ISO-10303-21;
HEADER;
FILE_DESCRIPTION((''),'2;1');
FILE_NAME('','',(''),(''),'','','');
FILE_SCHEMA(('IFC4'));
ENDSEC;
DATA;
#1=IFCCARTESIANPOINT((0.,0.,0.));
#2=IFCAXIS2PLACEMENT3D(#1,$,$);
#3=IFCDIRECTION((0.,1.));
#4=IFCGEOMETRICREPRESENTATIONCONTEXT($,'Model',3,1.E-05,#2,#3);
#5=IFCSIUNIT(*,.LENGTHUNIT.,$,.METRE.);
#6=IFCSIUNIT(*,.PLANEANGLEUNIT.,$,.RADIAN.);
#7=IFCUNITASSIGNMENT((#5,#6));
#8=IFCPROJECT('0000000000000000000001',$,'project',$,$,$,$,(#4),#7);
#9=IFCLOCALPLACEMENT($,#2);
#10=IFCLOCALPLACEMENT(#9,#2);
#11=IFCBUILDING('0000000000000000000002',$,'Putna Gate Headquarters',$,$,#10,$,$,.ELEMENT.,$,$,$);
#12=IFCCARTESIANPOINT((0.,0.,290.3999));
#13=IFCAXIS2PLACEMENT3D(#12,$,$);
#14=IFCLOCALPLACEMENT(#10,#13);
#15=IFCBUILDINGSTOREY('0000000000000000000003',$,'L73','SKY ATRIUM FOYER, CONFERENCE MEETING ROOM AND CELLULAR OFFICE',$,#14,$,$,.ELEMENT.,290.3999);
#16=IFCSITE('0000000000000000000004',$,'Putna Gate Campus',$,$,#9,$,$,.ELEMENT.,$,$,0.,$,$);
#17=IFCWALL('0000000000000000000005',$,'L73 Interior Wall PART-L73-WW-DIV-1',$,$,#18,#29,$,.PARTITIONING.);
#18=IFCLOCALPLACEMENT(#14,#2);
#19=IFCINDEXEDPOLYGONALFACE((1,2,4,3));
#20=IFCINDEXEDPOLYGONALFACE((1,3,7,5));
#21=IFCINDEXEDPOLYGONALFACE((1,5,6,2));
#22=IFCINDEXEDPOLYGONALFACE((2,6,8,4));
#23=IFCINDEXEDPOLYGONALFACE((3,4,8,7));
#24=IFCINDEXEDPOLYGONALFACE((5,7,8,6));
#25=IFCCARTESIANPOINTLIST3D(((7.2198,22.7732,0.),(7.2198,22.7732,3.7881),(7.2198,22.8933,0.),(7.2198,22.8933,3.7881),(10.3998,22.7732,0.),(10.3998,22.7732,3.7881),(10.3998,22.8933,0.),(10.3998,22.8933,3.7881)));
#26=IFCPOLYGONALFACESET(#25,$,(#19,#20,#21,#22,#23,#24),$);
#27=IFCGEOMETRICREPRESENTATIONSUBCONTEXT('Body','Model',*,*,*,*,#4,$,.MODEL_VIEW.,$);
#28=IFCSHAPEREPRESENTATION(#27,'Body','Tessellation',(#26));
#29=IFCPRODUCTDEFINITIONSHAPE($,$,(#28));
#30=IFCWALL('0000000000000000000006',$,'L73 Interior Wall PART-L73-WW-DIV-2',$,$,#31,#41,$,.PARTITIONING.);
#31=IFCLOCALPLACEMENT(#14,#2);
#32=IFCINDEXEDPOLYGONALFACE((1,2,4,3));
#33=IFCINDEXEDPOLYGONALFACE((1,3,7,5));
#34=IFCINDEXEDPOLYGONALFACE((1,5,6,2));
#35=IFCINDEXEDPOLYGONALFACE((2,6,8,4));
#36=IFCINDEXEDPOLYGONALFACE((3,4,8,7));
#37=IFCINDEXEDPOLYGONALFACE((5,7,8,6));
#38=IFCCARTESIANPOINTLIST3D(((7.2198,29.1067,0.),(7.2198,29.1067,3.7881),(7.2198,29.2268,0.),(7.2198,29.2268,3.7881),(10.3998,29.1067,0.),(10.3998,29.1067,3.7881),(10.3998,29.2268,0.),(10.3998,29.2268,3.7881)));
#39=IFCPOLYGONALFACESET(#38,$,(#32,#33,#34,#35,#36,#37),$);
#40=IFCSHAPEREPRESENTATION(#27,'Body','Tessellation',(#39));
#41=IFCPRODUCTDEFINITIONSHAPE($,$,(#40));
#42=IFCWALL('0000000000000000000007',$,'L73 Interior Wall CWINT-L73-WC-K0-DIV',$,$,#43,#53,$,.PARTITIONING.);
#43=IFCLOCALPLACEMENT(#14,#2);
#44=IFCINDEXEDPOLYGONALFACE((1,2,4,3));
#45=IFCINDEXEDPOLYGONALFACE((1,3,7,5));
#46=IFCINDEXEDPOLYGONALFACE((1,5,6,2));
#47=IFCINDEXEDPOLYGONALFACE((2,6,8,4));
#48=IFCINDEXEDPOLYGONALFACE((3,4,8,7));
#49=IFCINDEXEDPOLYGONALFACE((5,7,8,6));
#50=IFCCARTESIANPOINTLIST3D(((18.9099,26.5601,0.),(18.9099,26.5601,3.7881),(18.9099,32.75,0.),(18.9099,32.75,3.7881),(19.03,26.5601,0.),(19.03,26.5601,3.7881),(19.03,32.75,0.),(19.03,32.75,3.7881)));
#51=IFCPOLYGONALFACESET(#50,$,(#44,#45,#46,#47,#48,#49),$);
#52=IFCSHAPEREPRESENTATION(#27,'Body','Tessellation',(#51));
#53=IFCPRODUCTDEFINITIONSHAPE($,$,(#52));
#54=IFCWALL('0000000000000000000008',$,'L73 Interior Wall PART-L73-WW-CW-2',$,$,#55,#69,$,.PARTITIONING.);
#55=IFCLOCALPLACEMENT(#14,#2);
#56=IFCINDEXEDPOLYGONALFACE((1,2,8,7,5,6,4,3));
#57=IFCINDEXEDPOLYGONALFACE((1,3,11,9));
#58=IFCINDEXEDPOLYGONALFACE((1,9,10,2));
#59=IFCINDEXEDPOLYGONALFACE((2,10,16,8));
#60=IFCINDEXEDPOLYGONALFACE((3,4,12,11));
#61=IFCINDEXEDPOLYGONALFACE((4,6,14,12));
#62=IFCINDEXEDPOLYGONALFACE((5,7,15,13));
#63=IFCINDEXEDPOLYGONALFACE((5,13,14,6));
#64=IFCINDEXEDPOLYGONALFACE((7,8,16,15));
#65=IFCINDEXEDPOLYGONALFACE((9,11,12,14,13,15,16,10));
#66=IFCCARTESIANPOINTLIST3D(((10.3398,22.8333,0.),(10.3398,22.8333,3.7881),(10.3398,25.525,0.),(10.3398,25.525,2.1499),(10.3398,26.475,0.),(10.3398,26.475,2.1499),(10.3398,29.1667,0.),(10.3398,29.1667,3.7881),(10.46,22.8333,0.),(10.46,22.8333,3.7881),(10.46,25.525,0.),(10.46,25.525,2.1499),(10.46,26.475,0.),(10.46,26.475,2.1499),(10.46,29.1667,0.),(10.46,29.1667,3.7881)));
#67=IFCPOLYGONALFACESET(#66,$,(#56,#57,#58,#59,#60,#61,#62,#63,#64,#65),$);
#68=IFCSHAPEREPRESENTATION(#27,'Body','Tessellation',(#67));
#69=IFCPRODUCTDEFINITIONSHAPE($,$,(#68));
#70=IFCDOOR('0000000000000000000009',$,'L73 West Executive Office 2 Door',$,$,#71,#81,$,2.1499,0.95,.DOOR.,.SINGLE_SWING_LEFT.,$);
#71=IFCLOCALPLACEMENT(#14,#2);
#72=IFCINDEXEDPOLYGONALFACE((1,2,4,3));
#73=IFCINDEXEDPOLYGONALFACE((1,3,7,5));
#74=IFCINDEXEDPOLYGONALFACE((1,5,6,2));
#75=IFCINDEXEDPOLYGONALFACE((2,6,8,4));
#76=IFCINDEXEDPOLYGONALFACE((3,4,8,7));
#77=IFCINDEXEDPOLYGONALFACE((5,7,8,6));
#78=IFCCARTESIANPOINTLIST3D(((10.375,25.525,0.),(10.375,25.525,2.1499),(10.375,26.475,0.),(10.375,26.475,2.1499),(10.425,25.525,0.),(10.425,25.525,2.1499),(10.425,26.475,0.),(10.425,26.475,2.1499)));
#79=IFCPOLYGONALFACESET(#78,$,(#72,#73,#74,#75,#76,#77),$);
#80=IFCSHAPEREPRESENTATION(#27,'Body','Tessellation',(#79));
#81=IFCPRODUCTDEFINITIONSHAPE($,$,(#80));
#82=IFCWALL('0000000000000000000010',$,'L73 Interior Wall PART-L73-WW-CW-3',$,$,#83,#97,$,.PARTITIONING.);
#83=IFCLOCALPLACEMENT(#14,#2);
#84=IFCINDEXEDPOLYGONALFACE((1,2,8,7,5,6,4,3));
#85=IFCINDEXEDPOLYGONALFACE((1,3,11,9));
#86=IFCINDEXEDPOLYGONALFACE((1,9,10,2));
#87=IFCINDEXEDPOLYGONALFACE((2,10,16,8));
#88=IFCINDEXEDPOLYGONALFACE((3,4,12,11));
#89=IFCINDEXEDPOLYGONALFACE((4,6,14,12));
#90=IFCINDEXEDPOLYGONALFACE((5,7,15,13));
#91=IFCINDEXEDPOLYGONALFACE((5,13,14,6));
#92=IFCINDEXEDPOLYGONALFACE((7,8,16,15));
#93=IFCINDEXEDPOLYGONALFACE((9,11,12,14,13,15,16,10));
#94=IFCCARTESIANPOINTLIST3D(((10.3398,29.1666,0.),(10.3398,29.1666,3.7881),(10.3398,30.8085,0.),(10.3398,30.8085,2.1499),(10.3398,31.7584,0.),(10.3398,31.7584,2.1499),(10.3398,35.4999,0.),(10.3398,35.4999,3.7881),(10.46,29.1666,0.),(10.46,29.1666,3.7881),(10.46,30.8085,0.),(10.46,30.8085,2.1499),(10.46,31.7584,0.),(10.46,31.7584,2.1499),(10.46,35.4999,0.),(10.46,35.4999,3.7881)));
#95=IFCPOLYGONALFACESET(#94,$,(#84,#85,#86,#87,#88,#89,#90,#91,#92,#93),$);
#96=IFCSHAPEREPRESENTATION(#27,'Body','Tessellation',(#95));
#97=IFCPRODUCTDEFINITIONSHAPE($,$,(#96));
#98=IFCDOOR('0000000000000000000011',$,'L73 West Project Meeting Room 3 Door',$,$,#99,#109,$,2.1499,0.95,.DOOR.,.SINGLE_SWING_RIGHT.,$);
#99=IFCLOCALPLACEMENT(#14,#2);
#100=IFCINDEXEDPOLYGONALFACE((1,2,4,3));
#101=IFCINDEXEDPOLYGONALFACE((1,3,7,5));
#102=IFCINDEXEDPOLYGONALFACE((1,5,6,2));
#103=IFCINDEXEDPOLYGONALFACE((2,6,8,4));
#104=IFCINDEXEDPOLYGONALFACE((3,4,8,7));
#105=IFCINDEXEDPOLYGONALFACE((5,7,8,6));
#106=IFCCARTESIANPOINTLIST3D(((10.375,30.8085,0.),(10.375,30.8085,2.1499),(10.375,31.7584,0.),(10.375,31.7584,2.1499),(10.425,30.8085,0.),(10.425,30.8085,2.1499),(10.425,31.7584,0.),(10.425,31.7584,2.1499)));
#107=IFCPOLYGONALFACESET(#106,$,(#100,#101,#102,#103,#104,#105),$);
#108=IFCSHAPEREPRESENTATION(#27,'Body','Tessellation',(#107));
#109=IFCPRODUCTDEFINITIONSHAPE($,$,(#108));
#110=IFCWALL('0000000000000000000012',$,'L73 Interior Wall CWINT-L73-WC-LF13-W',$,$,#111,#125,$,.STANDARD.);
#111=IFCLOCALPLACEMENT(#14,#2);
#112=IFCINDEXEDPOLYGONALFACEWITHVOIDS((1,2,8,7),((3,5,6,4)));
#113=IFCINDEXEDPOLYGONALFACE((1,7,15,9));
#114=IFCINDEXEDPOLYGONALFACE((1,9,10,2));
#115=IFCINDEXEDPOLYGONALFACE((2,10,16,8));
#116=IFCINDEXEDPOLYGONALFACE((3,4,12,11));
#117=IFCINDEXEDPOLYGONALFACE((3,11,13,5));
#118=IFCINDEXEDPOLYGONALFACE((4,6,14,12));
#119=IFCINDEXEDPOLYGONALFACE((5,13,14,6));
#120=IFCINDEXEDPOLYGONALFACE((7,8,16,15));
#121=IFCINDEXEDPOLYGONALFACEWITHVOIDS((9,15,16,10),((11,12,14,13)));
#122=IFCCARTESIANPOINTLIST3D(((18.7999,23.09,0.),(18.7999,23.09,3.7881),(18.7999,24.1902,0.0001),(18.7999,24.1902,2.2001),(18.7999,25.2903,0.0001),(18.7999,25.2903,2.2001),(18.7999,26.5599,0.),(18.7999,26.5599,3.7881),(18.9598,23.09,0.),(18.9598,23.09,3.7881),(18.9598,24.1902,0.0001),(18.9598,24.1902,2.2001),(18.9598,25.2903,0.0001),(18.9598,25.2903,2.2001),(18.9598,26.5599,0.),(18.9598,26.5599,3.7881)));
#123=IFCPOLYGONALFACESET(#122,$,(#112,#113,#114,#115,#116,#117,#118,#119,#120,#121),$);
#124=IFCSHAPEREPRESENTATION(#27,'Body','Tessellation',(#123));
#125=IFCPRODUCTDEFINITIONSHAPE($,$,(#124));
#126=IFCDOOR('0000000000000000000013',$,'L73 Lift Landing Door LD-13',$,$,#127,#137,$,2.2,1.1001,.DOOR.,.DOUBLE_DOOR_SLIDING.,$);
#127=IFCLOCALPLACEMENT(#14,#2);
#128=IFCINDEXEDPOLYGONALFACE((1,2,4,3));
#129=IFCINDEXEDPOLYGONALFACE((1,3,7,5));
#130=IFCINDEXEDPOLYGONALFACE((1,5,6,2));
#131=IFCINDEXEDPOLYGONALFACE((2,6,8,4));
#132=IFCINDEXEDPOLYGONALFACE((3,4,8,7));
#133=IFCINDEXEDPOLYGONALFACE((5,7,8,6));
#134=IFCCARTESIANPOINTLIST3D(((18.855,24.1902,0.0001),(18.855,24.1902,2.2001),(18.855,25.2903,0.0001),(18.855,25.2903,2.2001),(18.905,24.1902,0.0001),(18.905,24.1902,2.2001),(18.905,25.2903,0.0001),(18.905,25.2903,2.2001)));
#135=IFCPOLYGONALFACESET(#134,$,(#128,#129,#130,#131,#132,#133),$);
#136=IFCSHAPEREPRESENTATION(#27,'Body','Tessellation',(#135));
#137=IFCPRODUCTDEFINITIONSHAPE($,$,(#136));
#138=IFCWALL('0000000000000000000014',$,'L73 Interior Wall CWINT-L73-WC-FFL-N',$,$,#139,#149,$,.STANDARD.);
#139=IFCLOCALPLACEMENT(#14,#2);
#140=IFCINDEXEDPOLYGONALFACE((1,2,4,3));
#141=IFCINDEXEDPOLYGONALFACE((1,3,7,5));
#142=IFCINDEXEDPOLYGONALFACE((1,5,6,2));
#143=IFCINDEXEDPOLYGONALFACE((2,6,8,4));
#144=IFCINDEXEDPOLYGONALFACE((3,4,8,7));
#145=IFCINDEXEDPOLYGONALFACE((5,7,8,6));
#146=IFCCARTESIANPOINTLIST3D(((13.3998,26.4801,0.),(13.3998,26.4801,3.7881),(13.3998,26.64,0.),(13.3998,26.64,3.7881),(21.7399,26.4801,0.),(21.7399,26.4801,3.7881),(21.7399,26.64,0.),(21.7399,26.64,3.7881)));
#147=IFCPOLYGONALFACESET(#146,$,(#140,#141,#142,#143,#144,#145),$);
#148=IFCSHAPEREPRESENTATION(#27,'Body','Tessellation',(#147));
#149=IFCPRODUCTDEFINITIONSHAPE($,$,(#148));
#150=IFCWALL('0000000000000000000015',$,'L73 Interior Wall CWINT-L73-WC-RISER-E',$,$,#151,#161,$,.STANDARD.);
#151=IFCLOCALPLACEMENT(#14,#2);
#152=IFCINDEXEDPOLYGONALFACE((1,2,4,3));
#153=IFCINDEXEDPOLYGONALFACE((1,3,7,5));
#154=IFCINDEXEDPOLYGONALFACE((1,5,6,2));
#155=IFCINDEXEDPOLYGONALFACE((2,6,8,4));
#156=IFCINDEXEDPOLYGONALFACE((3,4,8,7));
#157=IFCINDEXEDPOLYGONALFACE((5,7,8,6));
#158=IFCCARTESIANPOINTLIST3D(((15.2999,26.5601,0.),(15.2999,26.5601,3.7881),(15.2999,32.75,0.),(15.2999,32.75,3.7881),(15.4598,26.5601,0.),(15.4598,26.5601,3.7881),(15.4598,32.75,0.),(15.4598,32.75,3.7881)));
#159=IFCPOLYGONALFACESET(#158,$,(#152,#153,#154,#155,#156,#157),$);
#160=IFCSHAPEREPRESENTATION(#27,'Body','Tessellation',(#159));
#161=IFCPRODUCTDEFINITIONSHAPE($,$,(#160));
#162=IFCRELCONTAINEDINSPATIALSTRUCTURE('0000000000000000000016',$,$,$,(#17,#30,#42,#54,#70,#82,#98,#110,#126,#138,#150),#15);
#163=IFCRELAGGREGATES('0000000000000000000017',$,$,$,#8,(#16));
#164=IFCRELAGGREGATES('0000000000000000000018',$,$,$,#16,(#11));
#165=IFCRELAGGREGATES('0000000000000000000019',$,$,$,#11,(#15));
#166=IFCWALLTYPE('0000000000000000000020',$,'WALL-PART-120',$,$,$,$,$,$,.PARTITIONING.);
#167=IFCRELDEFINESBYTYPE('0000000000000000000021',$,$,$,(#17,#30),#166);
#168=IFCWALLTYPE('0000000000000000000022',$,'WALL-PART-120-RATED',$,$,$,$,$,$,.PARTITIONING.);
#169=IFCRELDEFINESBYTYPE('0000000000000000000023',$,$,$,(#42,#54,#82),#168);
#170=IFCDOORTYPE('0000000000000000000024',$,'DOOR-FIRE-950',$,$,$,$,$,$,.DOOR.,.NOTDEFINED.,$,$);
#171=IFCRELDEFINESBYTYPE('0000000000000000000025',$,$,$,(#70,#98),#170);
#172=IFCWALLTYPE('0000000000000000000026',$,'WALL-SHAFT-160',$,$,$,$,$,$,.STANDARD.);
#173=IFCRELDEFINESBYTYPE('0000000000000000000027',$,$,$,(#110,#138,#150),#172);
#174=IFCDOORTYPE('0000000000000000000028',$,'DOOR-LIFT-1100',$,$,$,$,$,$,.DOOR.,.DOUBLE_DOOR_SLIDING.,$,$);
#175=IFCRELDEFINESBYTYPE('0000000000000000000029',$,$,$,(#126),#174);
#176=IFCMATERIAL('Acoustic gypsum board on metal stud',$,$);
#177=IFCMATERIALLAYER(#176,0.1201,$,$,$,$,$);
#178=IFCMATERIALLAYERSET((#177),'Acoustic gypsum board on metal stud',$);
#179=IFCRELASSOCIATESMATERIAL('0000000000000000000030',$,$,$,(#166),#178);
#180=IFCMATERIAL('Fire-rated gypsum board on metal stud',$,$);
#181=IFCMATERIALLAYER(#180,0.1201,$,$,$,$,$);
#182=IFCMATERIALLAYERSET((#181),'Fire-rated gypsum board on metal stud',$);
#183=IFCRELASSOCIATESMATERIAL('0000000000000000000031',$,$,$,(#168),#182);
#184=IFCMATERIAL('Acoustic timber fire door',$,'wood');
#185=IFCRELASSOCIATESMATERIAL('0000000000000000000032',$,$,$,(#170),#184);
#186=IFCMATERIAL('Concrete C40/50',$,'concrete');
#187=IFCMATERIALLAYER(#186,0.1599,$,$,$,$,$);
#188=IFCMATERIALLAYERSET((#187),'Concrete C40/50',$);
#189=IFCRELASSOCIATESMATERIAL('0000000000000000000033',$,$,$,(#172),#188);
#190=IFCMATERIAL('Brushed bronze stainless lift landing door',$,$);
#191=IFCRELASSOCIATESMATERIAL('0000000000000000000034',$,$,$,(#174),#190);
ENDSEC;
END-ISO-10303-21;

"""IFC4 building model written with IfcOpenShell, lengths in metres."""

from ifc_helpers import new_model, si_unit, direction, frame, frame_2d, origin, place, context, subcontext, project, spatial, rectangle, extrude, material, layer, layer_set, type_object, element, fill, save


model = new_model("IFC4")

# Units and contexts
model_context = context("Model", 3, precision=1e-05, world=origin(), true_north=direction((0.0, 1.0)))
body_context = subcontext(model_context, "Body", "Model", "MODEL_VIEW")
ifc_project = project(units=[si_unit("LENGTHUNIT", "METRE"), si_unit("PLANEANGLEUNIT", "RADIAN")], contexts=[model_context])

# Site, building, storey
site_placement = place(None, origin())
site = spatial("IfcSite", under=ifc_project, at=site_placement, Name="Putna Gate Campus", CompositionType="ELEMENT", RefElevation=0.0)
building_placement = place(site_placement, origin())
building = spatial("IfcBuilding", under=site, at=building_placement, Name="Putna Gate Headquarters", CompositionType="ELEMENT")
storey_placement = place(building_placement, frame((0.0, 0.0, 290.3999)))
storey = spatial("IfcBuildingStorey", under=building, at=storey_placement, Name="L73", Description="SKY ATRIUM FOYER, CONFERENCE MEETING ROOM AND CELLULAR OFFICE", CompositionType="ELEMENT", Elevation=290.3999)

# Walls
ifc_material_1 = material(Name="Acoustic gypsum board on metal stud")
ifc_layer_1 = layer(ifc_material_1, 0.1201)
ifc_layer_set_1 = layer_set([ifc_layer_1], Name="Acoustic gypsum board on metal stud")
wall_type_1 = type_object("IfcWallType", Name="WALL-PART-120", PredefinedType="PARTITIONING", material=ifc_layer_set_1)
for number, where, z_axis, x_axis, name in (
    (1, (7.22, 22.8333, 0.0), (0.0, 0.0, 1.0), (1.0, 0.0, 0.0), "L73 Interior Wall PART-L73-WW-DIV-1"),
    (2, (7.22, 29.1667, 0.0), (0.0, 0.0, 1.0), (1.0, 0.0, 0.0), "L73 Interior Wall PART-L73-WW-DIV-2"),
):
    element("IfcWall", number, at=place(storey_placement, frame(where, z_axis=z_axis, x_axis=x_axis)), inside=storey, type_object=wall_type_1, Name=name, PredefinedType="PARTITIONING", context=body_context, shape_type="SweptSolid", body=[
        extrude(rectangle(XDim=3.1799, YDim=0.1201, at=frame_2d((1.5898, 0.0))), origin(), (0.0, 0.0, 1.0), 3.7881),
    ])
ifc_material_2 = material(Name="Fire-rated gypsum board on metal stud")
ifc_layer_2 = layer(ifc_material_2, 0.1201)
ifc_layer_set_2 = layer_set([ifc_layer_2], Name="Fire-rated gypsum board on metal stud")
wall_type_2 = type_object("IfcWallType", Name="WALL-PART-120-RATED", PredefinedType="PARTITIONING", material=ifc_layer_set_2)
wall_1_placement = place(storey_placement, frame((18.97, 26.5601, 0.0), z_axis=(0.0, 0.0, 1.0), x_axis=(0.0, 1.0, 0.0)))
element("IfcWall", 3, at=wall_1_placement, inside=storey, type_object=wall_type_2, Name="L73 Interior Wall CWINT-L73-WC-K0-DIV", PredefinedType="PARTITIONING", context=body_context, shape_type="SweptSolid", body=[
    extrude(rectangle(XDim=6.1899, YDim=0.1201, at=frame_2d((3.095, 0.0))), origin(), (0.0, 0.0, 1.0), 3.7881),
])

# Walls, openings, doors
wall_2_placement = place(storey_placement, frame((10.3999, 22.8333, 0.0), z_axis=(0.0, 0.0, 1.0), x_axis=(0.0, 1.0, 0.0)))
wall_2 = element("IfcWall", 4, at=wall_2_placement, inside=storey, type_object=wall_type_2, Name="L73 Interior Wall PART-L73-WW-CW-2", PredefinedType="PARTITIONING", context=body_context, shape_type="SweptSolid", body=[
    extrude(rectangle(XDim=6.3335, YDim=0.1201, at=frame_2d((3.1667, 0.0))), origin(), (0.0, 0.0, 1.0), 3.7881),
])
opening_1_placement = place(wall_2_placement, frame((2.6917, 0.0, 0.0)))
opening_1 = element("IfcOpeningElement", 5, at=opening_1_placement, cuts=wall_2, PredefinedType="OPENING", context=body_context, shape_type="SweptSolid", body=[
    extrude(rectangle(XDim=0.95, YDim=2.1499, at=frame_2d((0.4751, 1.075))), frame((0.0, 0.0701, 0.0), z_axis=(0.0, -1.0, 0.0), x_axis=(1.0, 0.0, 0.0)), (0.0, 0.0, 1.0), 0.1401),
])
ifc_material_3 = material(Name="Acoustic timber fire door", Category="wood")
door_type_1 = type_object("IfcDoorType", Name="DOOR-FIRE-950", OperationType="NOTDEFINED", PredefinedType="DOOR", material=ifc_material_3)
door_1_placement = place(opening_1_placement, origin())
door_1 = element("IfcDoor", 6, at=door_1_placement, inside=storey, type_object=door_type_1, Name="L73 West Executive Office 2 Door", OperationType="SINGLE_SWING_LEFT", OverallHeight=2.1499, OverallWidth=0.95, PredefinedType="DOOR", context=body_context, shape_type="SweptSolid", body=[
    extrude(rectangle(XDim=0.95, YDim=2.1499, at=frame_2d((0.4751, 1.075))), frame((0.0, 0.0249, 0.0), z_axis=(0.0, -1.0, 0.0), x_axis=(1.0, 0.0, 0.0)), (0.0, 0.0, 1.0), 0.05),
])
fill(opening_1, door_1)
wall_3_placement = place(storey_placement, frame((10.3999, 29.1667, 0.0), z_axis=(0.0, 0.0, 1.0), x_axis=(0.0, 1.0, 0.0)))
wall_3 = element("IfcWall", 7, at=wall_3_placement, inside=storey, type_object=wall_type_2, Name="L73 Interior Wall PART-L73-WW-CW-3", PredefinedType="PARTITIONING", context=body_context, shape_type="SweptSolid", body=[
    extrude(rectangle(XDim=6.3333, YDim=0.1201, at=frame_2d((3.1665, 0.0))), origin(), (0.0, 0.0, 1.0), 3.7881),
])
opening_2_placement = place(wall_3_placement, frame((1.6416, 0.0, 0.0)))
opening_2 = element("IfcOpeningElement", 8, at=opening_2_placement, cuts=wall_3, PredefinedType="OPENING", context=body_context, shape_type="SweptSolid", body=[
    extrude(rectangle(XDim=0.95, YDim=2.1499, at=frame_2d((0.4751, 1.075))), frame((0.0, 0.0701, 0.0), z_axis=(0.0, -1.0, 0.0), x_axis=(1.0, 0.0, 0.0)), (0.0, 0.0, 1.0), 0.1401),
])
door_2_placement = place(opening_2_placement, origin())
door_2 = element("IfcDoor", 9, at=door_2_placement, inside=storey, type_object=door_type_1, Name="L73 West Project Meeting Room 3 Door", OperationType="SINGLE_SWING_RIGHT", OverallHeight=2.1499, OverallWidth=0.95, PredefinedType="DOOR", context=body_context, shape_type="SweptSolid", body=[
    extrude(rectangle(XDim=0.95, YDim=2.1499, at=frame_2d((0.4751, 1.075))), frame((0.0, 0.0249, 0.0), z_axis=(0.0, -1.0, 0.0), x_axis=(1.0, 0.0, 0.0)), (0.0, 0.0, 1.0), 0.05),
])
fill(opening_2, door_2)
ifc_material_4 = material(Name="Concrete C40/50", Category="concrete")
ifc_layer_3 = layer(ifc_material_4, 0.1599)
ifc_layer_set_3 = layer_set([ifc_layer_3], Name="Concrete C40/50")
wall_type_3 = type_object("IfcWallType", Name="WALL-SHAFT-160", PredefinedType="STANDARD", material=ifc_layer_set_3)
wall_4_placement = place(storey_placement, frame((18.8799, 23.0901, 0.0), z_axis=(0.0, 0.0, 1.0), x_axis=(0.0, 1.0, 0.0)))
wall_4 = element("IfcWall", 10, at=wall_4_placement, inside=storey, type_object=wall_type_3, Name="L73 Interior Wall CWINT-L73-WC-LF13-W", PredefinedType="STANDARD", context=body_context, shape_type="SweptSolid", body=[
    extrude(rectangle(XDim=3.47, YDim=0.1599, at=frame_2d((1.7349, 0.0))), origin(), (0.0, 0.0, 1.0), 3.7881),
])
opening_3_placement = place(wall_4_placement, frame((1.1001, 0.0, 0.0)))
opening_3 = element("IfcOpeningElement", 11, at=opening_3_placement, cuts=wall_4, PredefinedType="OPENING", context=body_context, shape_type="SweptSolid", body=[
    extrude(rectangle(XDim=1.1001, YDim=2.2, at=frame_2d((0.55, 1.1001))), frame((0.0, 0.0898, 0.0), z_axis=(0.0, -1.0, 0.0), x_axis=(1.0, 0.0, 0.0)), (0.0, 0.0, 1.0), 0.1799),
])
ifc_material_5 = material(Name="Brushed bronze stainless lift landing door")
door_type_2 = type_object("IfcDoorType", Name="DOOR-LIFT-1100", OperationType="DOUBLE_DOOR_SLIDING", PredefinedType="DOOR", material=ifc_material_5)
door_3_placement = place(opening_3_placement, origin())
door_3 = element("IfcDoor", 12, at=door_3_placement, inside=storey, type_object=door_type_2, Name="L73 Lift Landing Door LD-13", OperationType="DOUBLE_DOOR_SLIDING", OverallHeight=2.2, OverallWidth=1.1001, PredefinedType="DOOR", context=body_context, shape_type="SweptSolid", body=[
    extrude(rectangle(XDim=1.1001, YDim=2.2, at=frame_2d((0.55, 1.1001))), frame((0.0, 0.0249, 0.0), z_axis=(0.0, -1.0, 0.0), x_axis=(1.0, 0.0, 0.0)), (0.0, 0.0, 1.0), 0.05),
])
fill(opening_3, door_3)

# Walls
wall_5_placement = place(storey_placement, frame((13.3999, 26.5601, 0.0), z_axis=(0.0, 0.0, 1.0), x_axis=(1.0, 0.0, 0.0)))
element("IfcWall", 13, at=wall_5_placement, inside=storey, type_object=wall_type_3, Name="L73 Interior Wall CWINT-L73-WC-FFL-N", PredefinedType="STANDARD", context=body_context, shape_type="SweptSolid", body=[
    extrude(rectangle(XDim=8.3401, YDim=0.1599, at=frame_2d((4.1699, 0.0))), origin(), (0.0, 0.0, 1.0), 3.7881),
])
wall_6_placement = place(storey_placement, frame((15.3799, 26.5601, 0.0), z_axis=(0.0, 0.0, 1.0), x_axis=(0.0, 1.0, 0.0)))
element("IfcWall", 14, at=wall_6_placement, inside=storey, type_object=wall_type_3, Name="L73 Interior Wall CWINT-L73-WC-RISER-E", PredefinedType="STANDARD", context=body_context, shape_type="SweptSolid", body=[
    extrude(rectangle(XDim=6.1899, YDim=0.1599, at=frame_2d((3.095, 0.0))), origin(), (0.0, 0.0, 1.0), 3.7881),
])

save(model, "model.ifc")
